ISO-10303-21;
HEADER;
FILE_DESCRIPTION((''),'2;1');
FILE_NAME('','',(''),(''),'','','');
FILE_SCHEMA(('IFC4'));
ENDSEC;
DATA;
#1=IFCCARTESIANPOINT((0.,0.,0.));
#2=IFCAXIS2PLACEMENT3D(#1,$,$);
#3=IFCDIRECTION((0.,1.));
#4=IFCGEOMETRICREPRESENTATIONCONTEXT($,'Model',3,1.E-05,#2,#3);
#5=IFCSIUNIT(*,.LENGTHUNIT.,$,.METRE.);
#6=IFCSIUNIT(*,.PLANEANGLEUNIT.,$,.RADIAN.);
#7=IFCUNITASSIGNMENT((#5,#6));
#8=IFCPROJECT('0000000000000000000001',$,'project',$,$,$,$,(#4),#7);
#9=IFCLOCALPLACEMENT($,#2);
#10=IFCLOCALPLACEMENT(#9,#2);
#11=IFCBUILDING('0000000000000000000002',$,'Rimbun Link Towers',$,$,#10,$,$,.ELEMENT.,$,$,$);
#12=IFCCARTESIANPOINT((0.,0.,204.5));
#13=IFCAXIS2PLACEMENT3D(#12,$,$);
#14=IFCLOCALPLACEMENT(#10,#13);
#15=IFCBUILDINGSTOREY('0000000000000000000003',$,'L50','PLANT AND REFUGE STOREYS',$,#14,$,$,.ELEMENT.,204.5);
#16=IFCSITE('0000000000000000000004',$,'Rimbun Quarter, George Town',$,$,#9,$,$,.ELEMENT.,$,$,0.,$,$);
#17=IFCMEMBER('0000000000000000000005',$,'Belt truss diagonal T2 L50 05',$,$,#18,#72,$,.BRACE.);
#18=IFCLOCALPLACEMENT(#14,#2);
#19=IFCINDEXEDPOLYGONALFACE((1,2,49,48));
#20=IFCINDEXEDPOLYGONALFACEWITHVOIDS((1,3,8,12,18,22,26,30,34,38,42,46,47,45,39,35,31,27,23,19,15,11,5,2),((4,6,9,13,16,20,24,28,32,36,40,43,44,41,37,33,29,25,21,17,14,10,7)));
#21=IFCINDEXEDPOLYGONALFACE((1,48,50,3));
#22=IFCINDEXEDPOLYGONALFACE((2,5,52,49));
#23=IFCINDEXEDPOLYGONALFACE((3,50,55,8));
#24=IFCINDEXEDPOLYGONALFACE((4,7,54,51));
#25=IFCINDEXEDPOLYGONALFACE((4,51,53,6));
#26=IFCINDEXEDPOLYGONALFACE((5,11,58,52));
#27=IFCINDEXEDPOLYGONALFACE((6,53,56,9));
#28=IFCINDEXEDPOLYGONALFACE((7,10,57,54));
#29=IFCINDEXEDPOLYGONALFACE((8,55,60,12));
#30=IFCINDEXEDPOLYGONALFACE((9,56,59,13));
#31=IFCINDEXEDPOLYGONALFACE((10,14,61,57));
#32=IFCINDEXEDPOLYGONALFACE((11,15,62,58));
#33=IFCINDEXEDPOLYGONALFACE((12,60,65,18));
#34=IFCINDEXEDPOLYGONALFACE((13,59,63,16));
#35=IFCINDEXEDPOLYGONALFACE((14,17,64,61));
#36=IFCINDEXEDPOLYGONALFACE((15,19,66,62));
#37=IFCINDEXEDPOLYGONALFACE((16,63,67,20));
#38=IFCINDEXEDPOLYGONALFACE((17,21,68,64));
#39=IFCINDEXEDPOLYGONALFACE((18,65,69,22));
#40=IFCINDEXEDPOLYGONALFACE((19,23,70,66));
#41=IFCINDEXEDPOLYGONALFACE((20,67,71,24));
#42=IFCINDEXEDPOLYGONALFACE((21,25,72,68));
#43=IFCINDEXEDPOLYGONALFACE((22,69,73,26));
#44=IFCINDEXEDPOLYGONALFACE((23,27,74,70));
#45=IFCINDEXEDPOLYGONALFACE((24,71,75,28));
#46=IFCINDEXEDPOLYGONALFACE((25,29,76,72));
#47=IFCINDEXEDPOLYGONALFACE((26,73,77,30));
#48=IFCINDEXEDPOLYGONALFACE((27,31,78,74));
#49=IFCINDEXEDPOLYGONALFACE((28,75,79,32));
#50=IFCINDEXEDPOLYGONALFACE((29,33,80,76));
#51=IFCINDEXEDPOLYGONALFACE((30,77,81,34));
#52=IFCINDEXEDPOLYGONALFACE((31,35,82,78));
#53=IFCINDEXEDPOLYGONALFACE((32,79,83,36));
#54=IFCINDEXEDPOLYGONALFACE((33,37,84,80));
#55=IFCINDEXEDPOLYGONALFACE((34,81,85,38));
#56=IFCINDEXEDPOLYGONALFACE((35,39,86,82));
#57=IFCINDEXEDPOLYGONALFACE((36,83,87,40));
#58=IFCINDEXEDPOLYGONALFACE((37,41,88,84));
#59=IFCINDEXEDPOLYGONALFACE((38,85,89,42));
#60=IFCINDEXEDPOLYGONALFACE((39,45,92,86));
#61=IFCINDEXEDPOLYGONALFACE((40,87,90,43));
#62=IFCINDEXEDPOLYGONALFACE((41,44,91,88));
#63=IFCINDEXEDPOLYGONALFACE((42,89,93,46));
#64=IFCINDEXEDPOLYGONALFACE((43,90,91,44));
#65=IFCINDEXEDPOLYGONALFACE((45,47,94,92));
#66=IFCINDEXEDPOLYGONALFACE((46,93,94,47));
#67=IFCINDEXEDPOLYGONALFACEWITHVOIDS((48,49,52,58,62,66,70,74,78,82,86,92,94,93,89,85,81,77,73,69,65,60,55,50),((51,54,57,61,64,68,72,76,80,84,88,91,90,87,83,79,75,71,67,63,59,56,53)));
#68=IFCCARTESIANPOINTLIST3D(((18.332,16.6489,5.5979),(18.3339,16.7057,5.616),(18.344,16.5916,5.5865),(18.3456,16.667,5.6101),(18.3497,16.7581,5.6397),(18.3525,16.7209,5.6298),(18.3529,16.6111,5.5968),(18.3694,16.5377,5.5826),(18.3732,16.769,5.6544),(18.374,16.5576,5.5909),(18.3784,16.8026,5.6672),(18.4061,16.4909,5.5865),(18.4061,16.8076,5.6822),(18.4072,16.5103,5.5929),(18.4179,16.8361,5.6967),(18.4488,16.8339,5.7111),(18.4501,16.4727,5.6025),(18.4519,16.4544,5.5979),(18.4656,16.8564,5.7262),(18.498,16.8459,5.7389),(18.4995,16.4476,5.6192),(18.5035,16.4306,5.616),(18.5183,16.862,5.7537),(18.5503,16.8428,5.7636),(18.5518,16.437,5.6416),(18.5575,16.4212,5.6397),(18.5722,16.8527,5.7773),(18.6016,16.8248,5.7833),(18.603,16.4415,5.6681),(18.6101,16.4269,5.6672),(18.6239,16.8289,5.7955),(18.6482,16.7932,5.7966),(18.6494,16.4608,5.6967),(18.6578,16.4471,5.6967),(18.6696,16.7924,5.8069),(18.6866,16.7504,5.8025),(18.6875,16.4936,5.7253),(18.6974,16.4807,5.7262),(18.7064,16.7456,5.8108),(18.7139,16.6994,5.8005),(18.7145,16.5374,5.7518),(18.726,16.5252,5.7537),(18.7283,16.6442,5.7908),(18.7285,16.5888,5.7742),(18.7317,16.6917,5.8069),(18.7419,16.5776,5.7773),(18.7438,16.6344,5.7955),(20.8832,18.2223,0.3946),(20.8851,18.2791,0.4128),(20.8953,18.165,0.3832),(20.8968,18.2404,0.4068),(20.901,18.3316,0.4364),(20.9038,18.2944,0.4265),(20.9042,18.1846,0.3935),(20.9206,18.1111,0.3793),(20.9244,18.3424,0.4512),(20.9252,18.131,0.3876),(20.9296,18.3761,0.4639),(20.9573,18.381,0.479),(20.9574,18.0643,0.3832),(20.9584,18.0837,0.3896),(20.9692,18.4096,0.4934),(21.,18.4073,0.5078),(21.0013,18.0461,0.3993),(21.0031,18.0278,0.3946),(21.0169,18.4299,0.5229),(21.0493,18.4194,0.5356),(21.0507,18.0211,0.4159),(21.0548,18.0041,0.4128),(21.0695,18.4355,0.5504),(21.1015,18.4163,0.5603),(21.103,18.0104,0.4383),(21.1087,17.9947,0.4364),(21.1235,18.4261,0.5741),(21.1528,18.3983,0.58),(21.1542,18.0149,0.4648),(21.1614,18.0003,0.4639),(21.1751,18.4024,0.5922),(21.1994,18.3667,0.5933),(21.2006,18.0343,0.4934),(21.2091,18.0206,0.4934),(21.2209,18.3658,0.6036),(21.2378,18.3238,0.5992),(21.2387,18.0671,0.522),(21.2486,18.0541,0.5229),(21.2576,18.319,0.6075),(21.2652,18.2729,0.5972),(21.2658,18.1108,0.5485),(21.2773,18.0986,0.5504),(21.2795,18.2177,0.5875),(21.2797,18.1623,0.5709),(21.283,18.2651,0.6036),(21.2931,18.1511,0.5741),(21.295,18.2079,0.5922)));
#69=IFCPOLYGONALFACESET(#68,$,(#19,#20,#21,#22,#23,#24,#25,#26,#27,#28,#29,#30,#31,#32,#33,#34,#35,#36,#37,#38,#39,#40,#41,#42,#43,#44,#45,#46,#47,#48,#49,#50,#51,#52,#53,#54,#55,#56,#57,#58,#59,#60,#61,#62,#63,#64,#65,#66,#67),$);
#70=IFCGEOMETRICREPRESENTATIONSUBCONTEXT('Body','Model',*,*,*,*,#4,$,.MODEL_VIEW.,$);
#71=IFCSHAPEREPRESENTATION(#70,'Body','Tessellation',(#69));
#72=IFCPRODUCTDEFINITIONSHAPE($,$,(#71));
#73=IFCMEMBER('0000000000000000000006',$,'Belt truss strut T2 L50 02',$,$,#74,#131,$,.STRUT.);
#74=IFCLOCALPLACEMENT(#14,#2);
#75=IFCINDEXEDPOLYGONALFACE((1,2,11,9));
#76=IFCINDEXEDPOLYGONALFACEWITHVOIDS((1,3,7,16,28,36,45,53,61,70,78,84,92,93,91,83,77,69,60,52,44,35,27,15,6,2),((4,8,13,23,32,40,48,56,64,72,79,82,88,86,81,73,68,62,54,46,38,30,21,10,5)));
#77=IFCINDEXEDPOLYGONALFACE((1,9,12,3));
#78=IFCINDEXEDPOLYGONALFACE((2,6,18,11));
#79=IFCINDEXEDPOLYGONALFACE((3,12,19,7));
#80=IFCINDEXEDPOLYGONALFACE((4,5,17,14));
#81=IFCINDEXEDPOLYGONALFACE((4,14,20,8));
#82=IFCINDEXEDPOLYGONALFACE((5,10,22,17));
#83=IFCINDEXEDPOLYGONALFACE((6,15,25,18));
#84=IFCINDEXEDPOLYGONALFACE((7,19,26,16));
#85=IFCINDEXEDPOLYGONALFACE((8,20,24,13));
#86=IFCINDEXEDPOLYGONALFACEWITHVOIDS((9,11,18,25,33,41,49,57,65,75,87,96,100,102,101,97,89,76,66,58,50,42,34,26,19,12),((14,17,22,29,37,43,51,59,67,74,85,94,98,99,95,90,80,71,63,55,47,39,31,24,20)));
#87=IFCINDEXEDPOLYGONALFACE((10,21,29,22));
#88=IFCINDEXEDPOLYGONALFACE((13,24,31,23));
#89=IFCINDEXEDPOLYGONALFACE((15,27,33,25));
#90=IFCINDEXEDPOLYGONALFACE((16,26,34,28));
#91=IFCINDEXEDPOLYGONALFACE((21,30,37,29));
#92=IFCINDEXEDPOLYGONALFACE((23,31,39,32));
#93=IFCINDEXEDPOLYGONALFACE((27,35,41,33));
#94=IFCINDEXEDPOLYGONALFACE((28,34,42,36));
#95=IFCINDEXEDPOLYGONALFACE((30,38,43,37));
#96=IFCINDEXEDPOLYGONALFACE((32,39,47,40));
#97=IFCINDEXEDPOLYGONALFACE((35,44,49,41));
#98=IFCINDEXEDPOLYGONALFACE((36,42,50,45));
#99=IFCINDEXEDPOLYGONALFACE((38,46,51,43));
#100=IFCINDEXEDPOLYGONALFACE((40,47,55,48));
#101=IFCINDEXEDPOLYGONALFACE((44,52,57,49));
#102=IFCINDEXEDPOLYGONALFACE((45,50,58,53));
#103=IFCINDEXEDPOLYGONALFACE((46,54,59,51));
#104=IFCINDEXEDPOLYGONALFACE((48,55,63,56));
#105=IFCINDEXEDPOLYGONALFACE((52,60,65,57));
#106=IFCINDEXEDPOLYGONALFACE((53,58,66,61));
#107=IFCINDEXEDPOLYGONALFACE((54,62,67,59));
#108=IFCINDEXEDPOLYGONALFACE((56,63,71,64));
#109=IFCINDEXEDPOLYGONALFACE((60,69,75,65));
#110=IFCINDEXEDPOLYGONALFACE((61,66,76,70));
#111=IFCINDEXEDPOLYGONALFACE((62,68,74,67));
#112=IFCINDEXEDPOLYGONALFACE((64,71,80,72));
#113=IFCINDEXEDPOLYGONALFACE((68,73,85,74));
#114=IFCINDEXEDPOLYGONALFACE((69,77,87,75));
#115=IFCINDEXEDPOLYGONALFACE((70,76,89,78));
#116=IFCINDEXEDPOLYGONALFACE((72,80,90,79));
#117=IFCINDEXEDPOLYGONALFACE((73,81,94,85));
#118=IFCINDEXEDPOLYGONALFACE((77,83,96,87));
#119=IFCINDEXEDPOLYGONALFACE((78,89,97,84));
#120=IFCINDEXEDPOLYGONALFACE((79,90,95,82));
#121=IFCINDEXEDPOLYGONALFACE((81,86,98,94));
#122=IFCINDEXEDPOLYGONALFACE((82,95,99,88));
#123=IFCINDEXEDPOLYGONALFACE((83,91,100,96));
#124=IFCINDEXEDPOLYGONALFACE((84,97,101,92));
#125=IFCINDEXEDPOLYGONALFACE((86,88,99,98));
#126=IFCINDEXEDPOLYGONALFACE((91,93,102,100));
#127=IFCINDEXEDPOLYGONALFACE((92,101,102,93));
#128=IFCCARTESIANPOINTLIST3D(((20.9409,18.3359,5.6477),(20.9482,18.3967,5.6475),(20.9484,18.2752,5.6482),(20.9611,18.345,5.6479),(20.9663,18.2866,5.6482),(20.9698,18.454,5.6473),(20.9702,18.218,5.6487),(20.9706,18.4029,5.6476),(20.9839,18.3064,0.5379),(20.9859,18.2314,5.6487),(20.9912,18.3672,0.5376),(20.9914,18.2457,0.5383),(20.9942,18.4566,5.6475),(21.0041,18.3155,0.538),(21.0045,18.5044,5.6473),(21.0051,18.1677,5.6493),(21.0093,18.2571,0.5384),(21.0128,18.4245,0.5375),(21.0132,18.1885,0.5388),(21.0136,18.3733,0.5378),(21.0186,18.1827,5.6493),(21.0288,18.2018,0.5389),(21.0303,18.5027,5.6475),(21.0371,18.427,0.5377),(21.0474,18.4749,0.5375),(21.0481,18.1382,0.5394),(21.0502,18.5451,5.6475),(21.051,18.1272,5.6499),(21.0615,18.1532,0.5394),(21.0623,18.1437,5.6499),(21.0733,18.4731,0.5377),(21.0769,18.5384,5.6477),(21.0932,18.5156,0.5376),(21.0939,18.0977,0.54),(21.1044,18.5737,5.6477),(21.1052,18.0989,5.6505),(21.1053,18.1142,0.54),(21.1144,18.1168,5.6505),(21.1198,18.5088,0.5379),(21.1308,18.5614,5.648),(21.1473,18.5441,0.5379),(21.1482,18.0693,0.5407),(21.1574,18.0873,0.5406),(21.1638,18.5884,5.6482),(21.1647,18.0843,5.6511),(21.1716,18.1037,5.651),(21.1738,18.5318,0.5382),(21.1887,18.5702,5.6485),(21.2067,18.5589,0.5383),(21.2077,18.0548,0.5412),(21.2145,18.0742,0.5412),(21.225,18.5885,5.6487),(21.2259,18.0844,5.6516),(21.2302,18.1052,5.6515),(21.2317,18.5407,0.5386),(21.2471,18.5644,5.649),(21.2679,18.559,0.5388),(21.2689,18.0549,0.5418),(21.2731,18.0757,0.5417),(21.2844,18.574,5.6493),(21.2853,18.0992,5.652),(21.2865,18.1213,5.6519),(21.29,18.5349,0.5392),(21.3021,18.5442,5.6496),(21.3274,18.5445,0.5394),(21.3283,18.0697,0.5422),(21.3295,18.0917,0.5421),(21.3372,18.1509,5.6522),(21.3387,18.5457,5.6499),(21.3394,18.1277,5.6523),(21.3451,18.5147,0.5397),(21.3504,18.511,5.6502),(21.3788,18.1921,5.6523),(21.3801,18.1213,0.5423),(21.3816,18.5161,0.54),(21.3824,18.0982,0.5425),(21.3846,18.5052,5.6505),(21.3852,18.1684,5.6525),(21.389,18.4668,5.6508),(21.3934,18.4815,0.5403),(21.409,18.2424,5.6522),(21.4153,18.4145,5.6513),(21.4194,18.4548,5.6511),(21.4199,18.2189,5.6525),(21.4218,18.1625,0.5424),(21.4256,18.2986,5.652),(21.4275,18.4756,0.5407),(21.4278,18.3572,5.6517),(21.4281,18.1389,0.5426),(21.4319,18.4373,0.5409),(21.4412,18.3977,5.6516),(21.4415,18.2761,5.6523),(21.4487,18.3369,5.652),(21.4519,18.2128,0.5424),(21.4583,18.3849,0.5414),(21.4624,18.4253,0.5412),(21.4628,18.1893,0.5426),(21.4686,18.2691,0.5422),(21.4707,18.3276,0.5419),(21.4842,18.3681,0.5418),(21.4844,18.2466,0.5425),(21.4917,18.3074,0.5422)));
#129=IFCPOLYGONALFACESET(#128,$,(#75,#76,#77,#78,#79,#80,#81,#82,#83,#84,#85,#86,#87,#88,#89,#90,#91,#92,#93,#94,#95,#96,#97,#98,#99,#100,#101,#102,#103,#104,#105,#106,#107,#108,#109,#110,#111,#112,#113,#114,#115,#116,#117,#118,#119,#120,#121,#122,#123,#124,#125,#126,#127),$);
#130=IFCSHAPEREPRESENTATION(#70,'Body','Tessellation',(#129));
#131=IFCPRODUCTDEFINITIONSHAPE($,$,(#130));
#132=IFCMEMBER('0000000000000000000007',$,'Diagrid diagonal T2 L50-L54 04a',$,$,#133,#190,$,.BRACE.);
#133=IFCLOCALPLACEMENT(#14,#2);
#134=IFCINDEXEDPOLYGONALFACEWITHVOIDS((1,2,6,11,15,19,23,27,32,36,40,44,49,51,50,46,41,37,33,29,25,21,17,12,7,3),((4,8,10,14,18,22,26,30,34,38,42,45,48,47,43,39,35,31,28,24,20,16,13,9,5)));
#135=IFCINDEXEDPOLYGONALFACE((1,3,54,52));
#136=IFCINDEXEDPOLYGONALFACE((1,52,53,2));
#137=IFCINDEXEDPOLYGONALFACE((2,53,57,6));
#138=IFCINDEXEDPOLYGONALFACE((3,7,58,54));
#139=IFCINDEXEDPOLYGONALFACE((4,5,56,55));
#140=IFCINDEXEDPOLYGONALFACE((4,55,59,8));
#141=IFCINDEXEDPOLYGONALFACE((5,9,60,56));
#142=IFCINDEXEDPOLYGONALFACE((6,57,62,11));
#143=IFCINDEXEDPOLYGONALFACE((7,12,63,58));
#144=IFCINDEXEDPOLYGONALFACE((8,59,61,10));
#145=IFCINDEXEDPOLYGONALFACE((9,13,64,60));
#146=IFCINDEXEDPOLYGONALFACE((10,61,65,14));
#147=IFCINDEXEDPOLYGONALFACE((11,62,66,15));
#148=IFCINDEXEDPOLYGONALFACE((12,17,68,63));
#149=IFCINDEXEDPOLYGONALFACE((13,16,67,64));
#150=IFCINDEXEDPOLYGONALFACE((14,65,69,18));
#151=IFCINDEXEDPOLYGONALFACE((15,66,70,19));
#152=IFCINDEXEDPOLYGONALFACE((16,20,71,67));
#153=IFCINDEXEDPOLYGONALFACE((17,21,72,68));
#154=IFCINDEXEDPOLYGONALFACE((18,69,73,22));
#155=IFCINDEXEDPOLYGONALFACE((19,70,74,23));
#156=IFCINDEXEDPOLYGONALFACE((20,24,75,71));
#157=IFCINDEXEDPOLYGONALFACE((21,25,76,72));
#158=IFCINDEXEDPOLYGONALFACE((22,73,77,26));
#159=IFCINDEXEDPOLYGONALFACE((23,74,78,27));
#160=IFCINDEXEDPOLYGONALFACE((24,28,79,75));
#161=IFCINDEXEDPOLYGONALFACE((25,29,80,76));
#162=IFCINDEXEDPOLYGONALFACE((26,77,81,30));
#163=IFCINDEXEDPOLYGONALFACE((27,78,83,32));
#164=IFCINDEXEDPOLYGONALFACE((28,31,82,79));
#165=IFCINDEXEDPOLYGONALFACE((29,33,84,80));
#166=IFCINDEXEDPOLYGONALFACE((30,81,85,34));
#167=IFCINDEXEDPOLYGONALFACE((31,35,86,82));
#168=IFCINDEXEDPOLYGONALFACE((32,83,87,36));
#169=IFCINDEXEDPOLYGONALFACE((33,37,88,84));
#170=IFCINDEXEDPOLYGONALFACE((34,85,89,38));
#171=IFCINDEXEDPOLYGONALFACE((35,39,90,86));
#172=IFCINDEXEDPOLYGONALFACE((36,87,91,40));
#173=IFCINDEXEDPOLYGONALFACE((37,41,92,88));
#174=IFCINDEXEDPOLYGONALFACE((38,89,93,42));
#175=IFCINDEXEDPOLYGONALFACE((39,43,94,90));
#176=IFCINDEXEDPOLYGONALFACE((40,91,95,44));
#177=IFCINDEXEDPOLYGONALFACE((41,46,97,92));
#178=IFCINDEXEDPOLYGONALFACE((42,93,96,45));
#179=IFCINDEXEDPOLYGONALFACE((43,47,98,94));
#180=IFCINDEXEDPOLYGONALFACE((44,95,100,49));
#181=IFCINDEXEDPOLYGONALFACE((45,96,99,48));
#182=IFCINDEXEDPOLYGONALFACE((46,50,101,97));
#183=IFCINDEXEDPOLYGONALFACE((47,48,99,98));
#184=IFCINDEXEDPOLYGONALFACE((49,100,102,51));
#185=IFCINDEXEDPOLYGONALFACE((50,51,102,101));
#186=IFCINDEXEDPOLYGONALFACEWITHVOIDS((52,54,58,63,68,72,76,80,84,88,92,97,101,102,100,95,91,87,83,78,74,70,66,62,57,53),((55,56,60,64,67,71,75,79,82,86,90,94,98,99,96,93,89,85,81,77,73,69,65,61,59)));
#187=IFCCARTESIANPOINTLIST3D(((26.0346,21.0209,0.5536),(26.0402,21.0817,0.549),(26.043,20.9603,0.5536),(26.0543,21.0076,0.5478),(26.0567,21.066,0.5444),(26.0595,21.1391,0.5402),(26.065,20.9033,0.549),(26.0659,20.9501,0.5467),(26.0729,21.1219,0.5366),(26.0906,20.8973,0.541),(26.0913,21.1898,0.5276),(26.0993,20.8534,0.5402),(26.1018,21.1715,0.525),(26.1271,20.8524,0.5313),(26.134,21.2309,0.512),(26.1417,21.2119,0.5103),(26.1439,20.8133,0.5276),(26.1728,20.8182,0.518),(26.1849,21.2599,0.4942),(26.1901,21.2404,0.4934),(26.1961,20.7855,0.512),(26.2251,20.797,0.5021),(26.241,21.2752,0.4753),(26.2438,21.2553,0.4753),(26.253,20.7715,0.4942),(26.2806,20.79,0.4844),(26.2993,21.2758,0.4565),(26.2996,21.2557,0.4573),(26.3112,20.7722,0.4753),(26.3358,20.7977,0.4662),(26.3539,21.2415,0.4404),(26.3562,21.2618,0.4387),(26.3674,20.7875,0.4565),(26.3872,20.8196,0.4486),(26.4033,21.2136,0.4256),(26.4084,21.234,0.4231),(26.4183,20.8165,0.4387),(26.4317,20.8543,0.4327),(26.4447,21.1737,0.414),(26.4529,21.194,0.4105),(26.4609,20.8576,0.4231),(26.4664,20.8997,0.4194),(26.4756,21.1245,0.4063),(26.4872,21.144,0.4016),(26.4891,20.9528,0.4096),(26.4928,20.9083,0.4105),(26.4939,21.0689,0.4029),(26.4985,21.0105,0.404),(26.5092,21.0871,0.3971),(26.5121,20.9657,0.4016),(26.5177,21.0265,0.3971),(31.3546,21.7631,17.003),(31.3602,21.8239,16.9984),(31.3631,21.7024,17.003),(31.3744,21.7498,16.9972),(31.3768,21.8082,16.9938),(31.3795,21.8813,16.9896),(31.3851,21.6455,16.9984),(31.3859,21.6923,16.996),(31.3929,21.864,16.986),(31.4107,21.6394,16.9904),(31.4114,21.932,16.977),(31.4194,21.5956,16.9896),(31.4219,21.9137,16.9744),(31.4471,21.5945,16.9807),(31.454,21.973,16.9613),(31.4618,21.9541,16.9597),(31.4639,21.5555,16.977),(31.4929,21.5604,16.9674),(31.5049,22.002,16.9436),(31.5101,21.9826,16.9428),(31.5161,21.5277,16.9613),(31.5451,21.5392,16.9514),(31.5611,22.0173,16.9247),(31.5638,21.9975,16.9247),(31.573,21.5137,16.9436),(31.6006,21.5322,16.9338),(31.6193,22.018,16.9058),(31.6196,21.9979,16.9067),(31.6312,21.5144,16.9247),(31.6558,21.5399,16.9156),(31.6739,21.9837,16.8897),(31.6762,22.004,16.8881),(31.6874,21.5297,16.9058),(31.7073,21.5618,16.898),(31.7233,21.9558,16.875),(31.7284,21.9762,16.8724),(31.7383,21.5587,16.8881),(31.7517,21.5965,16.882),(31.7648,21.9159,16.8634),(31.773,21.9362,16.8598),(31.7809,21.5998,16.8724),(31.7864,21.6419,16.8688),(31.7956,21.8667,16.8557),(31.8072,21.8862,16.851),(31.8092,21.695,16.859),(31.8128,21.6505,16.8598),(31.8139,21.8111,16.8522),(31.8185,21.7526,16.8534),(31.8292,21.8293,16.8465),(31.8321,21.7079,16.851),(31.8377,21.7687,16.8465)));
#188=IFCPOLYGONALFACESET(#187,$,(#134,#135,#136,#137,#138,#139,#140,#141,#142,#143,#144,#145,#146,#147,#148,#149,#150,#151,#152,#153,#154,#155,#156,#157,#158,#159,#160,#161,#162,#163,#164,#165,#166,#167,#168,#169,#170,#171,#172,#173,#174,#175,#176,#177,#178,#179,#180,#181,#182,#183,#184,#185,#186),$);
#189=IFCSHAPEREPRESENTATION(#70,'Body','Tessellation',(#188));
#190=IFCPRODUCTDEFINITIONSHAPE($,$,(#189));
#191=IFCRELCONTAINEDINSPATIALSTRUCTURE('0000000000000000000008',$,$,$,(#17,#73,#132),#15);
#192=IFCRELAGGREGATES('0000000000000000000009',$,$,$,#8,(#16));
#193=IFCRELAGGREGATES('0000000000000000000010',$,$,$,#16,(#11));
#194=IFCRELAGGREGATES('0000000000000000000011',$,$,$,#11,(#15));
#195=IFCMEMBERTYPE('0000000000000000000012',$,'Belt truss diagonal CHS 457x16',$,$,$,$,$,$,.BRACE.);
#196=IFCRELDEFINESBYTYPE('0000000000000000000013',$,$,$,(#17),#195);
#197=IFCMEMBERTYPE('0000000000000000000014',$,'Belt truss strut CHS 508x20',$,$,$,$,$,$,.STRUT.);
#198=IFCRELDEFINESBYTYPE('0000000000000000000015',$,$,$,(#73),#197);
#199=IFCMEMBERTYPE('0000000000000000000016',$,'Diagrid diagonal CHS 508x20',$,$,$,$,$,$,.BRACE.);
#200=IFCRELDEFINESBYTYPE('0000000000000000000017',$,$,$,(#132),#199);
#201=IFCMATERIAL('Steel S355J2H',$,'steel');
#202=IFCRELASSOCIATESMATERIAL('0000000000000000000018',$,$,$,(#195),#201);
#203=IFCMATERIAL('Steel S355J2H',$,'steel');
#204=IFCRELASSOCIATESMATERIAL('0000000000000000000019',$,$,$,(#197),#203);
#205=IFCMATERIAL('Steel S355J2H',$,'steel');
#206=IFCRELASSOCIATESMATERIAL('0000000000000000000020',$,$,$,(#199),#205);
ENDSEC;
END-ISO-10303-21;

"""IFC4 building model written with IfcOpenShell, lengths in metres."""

from ifc_helpers import new_model, si_unit, direction, frame, origin, origin_2d, place, context, subcontext, project, spatial, hollow_circle, extrude, material, material_profile, profile_set, type_object, element, save


model = new_model("IFC4")

# Units and contexts
model_context = context("Model", 3, precision=1e-05, world=origin(), true_north=direction((0.0, 1.0)))
body_context = subcontext(model_context, "Body", "Model", "MODEL_VIEW")
ifc_project = project(units=[si_unit("LENGTHUNIT", "METRE"), si_unit("PLANEANGLEUNIT", "RADIAN")], contexts=[model_context])

# Site, building, storey
site_placement = place(None, origin())
site = spatial("IfcSite", under=ifc_project, at=site_placement, Name="Rimbun Quarter, George Town", CompositionType="ELEMENT", RefElevation=0.0)
building_placement = place(site_placement, origin())
building = spatial("IfcBuilding", under=site, at=building_placement, Name="Rimbun Link Towers", CompositionType="ELEMENT")
storey_placement = place(building_placement, frame((0.0, 0.0, 204.5)))
storey = spatial("IfcBuildingStorey", under=building, at=storey_placement, Name="L50", Description="PLANT AND REFUGE STOREYS", CompositionType="ELEMENT", Elevation=204.5)

# Members
ifc_material_1 = material(Name="Steel S355J2H", Category="steel")
ifc_material_profile_1 = material_profile(ifc_material_1, hollow_circle(Radius=0.2285, WallThickness=0.0161, at=origin_2d()), Name="Belt truss diagonal CHS 457x16")
ifc_profile_set_1 = profile_set([ifc_material_profile_1], Name="Steel S355J2H")
member_type_1 = type_object("IfcMemberType", Name="Belt truss diagonal CHS 457x16", PredefinedType="BRACE", material=ifc_profile_set_1)
member_1_placement = place(storey_placement, frame((21.0891, 18.2151, 0.4934), z_axis=(-0.424858, -0.26203, 0.866508), x_axis=(0.524938, -0.851141, 0.0)))
element("IfcMember", 1, at=member_1_placement, inside=storey, type_object=member_type_1, Name="Belt truss diagonal T2 L50 05", PredefinedType="BRACE", context=body_context, shape_type="SweptSolid", body=[
    extrude(hollow_circle(Radius=0.2285, WallThickness=0.0161, at=origin_2d()), origin(), (0.0, 0.0, 1.0), 6.0049),
])
ifc_material_2 = material(Name="Steel S355J2H", Category="steel")
ifc_material_profile_2 = material_profile(ifc_material_2, hollow_circle(Radius=0.2539, WallThickness=0.02, at=origin_2d()), Name="Belt truss strut CHS 508x20")
ifc_profile_set_2 = profile_set([ifc_material_profile_2], Name="Steel S355J2H")
member_type_2 = type_object("IfcMemberType", Name="Belt truss strut CHS 508x20", PredefinedType="STRUT", material=ifc_profile_set_2)
member_2_placement = place(storey_placement, frame((21.2378, 18.3069, 0.54), z_axis=(-0.008409, 0.005781, 0.999948), x_axis=(-0.566529, -0.824042, 0.0)))
element("IfcMember", 2, at=member_2_placement, inside=storey, type_object=member_type_2, Name="Belt truss strut T2 L50 02", PredefinedType="STRUT", context=body_context, shape_type="SweptSolid", body=[
    extrude(hollow_circle(Radius=0.2539, WallThickness=0.02, at=origin_2d()), origin(), (0.0, 0.0, 1.0), 5.1101),
])
ifc_material_3 = material(Name="Steel S355J2H", Category="steel")
ifc_material_profile_3 = material_profile(ifc_material_3, hollow_circle(Radius=0.2539, WallThickness=0.02, at=origin_2d()), Name="Diagrid diagonal CHS 508x20")
ifc_profile_set_3 = profile_set([ifc_material_profile_3], Name="Steel S355J2H")
member_type_3 = type_object("IfcMemberType", Name="Diagrid diagonal CHS 508x20", PredefinedType="BRACE", material=ifc_profile_set_3)
member_3_placement = place(storey_placement, frame((26.2761, 21.0237, 0.4753), z_axis=(0.307442, 0.04289, 0.9506), x_axis=(-0.138169, 0.990409, 0.0)))
element("IfcMember", 3, at=member_3_placement, inside=storey, type_object=member_type_3, Name="Diagrid diagonal T2 L50-L54 04a", PredefinedType="BRACE", context=body_context, shape_type="SweptSolid", body=[
    extrude(hollow_circle(Radius=0.2539, WallThickness=0.02, at=origin_2d()), origin(), (0.0, 0.0, 1.0), 17.3042),
])

save(model, "model.ifc")
